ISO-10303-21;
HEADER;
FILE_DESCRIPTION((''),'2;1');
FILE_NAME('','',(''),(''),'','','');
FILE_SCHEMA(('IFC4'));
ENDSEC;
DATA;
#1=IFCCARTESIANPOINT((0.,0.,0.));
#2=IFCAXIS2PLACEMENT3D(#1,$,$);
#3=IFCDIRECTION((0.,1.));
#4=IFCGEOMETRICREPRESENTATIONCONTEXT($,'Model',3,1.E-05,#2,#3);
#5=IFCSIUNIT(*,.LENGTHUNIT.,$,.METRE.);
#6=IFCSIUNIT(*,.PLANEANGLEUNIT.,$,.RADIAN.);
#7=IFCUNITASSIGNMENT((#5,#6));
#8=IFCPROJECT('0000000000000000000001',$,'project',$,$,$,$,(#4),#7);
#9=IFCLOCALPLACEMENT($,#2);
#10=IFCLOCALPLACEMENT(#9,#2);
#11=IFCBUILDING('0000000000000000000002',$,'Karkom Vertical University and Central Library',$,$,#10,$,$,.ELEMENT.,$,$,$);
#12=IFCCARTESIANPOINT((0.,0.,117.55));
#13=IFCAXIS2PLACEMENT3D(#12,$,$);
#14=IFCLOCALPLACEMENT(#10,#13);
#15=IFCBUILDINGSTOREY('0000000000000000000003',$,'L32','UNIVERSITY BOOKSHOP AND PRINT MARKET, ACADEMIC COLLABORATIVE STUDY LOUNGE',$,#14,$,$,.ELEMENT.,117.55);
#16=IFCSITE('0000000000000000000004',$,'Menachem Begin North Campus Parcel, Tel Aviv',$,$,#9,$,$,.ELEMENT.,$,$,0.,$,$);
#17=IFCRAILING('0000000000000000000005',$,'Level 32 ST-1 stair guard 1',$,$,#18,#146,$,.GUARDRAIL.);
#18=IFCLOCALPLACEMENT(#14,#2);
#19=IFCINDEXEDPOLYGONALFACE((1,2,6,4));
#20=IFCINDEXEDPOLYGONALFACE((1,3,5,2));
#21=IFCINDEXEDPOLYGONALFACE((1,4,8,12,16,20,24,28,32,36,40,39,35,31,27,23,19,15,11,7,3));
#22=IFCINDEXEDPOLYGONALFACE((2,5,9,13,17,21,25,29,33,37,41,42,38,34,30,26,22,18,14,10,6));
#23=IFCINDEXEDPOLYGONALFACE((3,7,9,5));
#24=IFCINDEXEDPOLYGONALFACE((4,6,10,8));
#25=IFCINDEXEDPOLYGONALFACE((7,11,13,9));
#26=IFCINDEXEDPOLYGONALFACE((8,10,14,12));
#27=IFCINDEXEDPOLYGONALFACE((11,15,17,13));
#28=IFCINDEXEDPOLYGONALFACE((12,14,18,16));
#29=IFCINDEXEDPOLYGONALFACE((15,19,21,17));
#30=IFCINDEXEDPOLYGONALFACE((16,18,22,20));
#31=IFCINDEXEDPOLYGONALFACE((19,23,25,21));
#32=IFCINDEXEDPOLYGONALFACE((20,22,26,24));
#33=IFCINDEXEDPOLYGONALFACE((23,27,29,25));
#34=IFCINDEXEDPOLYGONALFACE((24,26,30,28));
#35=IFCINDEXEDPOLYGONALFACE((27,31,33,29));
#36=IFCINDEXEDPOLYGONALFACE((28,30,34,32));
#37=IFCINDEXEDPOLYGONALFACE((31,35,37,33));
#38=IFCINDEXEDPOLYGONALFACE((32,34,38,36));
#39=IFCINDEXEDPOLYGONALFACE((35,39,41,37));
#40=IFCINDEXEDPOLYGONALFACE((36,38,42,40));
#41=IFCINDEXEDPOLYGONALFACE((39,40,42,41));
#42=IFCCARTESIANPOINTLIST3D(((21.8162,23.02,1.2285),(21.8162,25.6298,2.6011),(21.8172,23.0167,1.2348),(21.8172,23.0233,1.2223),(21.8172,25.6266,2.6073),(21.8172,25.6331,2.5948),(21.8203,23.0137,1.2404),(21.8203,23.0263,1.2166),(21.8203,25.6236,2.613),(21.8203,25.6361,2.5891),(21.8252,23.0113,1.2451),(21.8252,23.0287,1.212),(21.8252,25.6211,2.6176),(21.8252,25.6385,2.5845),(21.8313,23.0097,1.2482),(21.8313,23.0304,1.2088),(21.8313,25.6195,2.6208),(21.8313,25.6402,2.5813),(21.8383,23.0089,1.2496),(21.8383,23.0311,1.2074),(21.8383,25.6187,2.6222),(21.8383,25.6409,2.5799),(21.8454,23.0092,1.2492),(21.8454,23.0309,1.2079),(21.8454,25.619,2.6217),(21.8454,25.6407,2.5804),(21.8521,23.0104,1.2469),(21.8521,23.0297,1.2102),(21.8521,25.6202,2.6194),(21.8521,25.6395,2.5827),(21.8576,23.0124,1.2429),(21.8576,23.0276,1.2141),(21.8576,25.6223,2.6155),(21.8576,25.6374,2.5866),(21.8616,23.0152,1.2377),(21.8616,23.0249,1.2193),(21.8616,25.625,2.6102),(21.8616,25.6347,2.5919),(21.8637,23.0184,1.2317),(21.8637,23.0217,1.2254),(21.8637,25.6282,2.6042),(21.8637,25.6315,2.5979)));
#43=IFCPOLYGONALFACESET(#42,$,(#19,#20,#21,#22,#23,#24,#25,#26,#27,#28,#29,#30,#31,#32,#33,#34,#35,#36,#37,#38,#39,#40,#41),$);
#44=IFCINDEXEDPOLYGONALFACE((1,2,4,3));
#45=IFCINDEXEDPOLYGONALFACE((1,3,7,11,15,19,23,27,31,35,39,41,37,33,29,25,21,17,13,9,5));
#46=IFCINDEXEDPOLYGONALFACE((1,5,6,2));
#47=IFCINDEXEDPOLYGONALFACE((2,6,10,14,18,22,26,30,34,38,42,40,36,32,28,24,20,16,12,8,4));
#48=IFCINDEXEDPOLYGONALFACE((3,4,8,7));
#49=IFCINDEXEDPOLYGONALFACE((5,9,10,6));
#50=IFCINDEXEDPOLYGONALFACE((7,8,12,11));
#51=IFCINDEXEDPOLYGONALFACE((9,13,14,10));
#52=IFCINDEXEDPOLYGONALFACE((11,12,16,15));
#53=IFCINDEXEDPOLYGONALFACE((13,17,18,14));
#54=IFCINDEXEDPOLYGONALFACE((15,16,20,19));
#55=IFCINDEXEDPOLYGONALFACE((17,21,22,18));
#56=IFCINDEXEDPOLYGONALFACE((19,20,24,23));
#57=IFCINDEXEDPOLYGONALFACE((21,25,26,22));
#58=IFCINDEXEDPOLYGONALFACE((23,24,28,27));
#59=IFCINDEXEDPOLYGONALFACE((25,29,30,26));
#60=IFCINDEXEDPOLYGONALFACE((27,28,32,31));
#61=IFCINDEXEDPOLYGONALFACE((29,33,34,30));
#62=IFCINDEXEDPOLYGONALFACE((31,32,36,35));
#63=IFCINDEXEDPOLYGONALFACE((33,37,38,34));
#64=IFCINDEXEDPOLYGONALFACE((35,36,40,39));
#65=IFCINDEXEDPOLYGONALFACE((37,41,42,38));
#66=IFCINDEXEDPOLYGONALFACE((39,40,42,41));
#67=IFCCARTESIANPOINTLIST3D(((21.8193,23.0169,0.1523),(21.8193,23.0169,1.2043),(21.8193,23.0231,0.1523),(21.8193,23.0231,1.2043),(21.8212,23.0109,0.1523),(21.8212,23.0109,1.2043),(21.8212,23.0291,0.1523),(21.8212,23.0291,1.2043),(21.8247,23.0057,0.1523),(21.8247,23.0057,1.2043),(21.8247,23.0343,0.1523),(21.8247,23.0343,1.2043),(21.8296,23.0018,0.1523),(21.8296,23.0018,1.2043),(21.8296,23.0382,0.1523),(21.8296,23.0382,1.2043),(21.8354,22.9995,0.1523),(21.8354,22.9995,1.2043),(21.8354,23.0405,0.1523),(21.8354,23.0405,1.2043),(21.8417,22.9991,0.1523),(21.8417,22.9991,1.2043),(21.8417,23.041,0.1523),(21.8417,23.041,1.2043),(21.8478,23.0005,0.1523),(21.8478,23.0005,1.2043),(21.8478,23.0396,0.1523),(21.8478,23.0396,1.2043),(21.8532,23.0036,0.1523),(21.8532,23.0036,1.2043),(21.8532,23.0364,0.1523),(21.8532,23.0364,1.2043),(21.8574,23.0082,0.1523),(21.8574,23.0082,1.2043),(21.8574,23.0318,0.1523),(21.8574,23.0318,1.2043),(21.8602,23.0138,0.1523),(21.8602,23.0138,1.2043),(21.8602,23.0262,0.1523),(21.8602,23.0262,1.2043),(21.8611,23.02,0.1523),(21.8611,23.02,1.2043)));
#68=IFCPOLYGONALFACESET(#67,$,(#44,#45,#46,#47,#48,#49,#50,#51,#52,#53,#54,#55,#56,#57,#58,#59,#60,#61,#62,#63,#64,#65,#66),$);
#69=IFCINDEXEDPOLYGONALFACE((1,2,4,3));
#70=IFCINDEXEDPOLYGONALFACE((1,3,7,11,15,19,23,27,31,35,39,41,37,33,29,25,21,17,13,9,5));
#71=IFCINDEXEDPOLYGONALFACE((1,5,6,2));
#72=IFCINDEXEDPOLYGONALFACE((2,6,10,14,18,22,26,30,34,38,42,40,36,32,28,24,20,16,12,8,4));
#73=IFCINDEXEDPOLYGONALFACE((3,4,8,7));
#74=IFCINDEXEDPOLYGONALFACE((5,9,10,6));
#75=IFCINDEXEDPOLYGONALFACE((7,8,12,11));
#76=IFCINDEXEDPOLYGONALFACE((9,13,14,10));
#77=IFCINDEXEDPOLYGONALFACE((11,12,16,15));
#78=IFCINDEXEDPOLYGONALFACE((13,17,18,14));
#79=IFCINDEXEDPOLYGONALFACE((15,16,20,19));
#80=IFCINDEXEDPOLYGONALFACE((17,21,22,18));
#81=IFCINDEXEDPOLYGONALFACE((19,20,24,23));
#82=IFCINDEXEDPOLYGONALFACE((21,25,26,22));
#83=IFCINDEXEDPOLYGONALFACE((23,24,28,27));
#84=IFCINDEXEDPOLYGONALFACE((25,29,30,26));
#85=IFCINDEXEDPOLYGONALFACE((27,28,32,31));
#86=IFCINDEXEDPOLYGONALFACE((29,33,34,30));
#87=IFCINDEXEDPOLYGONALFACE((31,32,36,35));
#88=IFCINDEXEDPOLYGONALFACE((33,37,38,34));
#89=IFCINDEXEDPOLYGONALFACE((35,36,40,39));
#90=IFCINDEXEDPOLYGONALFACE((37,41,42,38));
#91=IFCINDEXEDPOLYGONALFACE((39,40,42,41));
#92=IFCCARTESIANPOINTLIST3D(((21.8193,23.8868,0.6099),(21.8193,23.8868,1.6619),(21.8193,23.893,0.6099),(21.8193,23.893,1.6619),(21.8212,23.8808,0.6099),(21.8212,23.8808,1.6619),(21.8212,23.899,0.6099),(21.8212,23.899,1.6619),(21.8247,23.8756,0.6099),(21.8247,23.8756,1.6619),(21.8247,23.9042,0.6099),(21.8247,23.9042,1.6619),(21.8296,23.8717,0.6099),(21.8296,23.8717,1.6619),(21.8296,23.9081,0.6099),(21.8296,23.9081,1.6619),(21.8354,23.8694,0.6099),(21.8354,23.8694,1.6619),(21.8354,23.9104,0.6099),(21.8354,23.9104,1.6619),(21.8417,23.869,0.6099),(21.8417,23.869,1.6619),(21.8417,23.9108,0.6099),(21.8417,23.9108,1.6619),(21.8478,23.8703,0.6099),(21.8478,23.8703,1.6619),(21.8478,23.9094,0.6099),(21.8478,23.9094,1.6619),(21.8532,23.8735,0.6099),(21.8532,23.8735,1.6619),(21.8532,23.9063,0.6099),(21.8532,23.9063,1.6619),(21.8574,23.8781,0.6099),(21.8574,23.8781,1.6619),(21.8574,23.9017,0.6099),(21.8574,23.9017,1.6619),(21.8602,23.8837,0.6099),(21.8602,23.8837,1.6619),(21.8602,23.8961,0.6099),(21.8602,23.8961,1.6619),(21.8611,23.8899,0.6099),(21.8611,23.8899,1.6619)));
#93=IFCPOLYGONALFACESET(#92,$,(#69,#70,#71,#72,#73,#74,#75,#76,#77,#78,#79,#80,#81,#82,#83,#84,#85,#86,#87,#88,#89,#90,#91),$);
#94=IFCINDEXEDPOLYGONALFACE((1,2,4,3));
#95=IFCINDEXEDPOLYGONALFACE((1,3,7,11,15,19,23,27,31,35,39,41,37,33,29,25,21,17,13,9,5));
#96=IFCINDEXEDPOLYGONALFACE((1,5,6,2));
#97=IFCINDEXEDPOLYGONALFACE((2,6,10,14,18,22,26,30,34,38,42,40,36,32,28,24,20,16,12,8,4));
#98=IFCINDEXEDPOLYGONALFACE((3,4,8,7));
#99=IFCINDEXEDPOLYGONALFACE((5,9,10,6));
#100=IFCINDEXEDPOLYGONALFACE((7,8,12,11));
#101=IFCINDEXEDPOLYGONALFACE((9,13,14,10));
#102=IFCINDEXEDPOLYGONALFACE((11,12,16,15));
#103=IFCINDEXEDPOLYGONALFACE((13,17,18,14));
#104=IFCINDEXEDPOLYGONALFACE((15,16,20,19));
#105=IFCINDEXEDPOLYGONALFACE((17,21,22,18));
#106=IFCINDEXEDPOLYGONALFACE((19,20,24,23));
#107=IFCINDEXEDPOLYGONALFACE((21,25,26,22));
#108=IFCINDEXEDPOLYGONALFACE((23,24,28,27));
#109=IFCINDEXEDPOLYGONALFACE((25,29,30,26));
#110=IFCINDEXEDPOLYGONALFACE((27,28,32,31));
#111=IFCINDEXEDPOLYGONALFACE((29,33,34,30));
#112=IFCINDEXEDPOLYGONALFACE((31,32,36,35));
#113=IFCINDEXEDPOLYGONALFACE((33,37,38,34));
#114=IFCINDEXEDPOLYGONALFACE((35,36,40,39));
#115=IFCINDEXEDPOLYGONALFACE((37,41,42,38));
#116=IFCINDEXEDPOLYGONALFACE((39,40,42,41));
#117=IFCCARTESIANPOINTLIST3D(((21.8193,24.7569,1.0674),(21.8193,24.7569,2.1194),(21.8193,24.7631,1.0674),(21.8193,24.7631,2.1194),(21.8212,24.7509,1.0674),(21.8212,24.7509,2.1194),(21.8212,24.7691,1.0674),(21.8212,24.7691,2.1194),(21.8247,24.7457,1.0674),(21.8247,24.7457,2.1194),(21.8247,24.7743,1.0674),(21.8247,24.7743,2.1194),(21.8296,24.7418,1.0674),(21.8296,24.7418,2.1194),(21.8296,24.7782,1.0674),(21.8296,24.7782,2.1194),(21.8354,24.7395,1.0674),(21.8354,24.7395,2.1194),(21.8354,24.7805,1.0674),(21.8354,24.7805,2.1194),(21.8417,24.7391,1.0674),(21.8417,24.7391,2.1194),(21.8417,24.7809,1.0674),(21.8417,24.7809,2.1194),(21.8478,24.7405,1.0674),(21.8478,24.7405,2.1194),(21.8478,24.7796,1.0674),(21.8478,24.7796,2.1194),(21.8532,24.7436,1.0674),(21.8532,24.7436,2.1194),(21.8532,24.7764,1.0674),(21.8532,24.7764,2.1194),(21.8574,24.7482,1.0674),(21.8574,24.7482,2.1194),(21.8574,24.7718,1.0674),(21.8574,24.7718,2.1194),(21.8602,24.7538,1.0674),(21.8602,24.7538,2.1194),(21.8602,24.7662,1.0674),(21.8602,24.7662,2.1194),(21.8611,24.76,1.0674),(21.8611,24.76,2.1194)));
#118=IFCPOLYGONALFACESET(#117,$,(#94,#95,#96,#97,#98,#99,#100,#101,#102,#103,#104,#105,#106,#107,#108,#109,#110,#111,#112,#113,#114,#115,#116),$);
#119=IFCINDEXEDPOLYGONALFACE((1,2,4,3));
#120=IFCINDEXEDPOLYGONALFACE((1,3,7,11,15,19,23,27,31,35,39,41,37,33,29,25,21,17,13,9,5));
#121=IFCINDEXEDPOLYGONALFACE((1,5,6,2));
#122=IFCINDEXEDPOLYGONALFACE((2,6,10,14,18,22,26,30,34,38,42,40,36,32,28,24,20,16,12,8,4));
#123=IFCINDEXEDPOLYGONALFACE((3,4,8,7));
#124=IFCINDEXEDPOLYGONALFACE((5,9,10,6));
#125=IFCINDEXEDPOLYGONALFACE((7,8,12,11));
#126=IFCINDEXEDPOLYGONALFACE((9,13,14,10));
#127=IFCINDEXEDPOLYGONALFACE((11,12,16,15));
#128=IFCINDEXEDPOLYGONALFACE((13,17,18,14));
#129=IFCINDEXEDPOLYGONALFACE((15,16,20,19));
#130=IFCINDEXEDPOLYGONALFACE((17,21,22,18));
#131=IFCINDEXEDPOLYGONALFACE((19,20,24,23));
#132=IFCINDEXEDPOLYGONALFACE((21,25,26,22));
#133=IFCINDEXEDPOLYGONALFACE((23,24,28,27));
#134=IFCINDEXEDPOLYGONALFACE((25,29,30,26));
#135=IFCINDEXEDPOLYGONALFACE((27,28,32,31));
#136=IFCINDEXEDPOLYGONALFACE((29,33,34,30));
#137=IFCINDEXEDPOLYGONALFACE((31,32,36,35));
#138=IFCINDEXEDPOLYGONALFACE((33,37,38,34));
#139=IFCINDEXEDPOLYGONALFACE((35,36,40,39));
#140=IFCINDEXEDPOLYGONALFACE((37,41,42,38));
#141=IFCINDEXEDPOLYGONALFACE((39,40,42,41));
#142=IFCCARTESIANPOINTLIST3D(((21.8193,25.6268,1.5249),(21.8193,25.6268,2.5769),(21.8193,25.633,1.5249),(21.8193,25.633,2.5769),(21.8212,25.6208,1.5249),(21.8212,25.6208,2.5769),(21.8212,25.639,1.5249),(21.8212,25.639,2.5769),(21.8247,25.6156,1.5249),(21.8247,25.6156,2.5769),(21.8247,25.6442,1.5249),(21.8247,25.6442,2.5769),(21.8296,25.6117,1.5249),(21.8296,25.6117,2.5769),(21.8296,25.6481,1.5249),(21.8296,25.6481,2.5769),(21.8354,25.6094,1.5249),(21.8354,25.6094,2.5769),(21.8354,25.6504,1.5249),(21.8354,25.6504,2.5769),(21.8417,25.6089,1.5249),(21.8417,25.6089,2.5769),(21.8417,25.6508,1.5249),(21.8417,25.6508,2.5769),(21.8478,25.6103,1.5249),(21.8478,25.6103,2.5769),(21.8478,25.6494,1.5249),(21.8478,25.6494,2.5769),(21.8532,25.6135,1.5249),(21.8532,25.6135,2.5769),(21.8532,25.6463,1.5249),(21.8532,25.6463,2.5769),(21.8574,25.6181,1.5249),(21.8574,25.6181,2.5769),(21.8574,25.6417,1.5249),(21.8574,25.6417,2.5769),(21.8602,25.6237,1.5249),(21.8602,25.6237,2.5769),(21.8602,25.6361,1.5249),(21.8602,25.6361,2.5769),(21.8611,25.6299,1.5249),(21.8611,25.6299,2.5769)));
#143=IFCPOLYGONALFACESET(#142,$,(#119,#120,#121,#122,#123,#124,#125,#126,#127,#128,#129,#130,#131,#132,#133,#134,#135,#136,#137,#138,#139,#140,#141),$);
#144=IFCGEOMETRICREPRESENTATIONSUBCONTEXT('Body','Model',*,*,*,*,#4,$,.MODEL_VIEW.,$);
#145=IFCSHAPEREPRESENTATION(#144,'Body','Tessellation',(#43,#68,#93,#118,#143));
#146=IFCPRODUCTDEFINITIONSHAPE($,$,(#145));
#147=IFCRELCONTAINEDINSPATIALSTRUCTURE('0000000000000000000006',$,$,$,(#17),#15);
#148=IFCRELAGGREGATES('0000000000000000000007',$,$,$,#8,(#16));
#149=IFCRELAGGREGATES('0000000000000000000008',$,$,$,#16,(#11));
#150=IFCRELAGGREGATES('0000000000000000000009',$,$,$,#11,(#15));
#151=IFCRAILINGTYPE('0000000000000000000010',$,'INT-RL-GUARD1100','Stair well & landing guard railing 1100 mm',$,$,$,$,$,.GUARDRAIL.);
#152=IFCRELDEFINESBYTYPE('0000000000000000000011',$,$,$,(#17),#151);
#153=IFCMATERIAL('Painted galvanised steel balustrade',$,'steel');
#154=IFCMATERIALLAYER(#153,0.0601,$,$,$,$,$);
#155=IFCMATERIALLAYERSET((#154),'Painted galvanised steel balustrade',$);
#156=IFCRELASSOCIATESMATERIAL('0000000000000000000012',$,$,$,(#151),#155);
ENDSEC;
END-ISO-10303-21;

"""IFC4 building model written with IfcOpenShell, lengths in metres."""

from ifc_helpers import new_model, si_unit, direction, frame, origin, origin_2d, place, context, subcontext, project, spatial, circle, extrude, material, layer, layer_set, type_object, element, save


model = new_model("IFC4")

# Units and contexts
model_context = context("Model", 3, precision=1e-05, world=origin(), true_north=direction((0.0, 1.0)))
body_context = subcontext(model_context, "Body", "Model", "MODEL_VIEW")
ifc_project = project(units=[si_unit("LENGTHUNIT", "METRE"), si_unit("PLANEANGLEUNIT", "RADIAN")], contexts=[model_context])

# Site, building, storey
site_placement = place(None, origin())
site = spatial("IfcSite", under=ifc_project, at=site_placement, Name="Menachem Begin North Campus Parcel, Tel Aviv", CompositionType="ELEMENT", RefElevation=0.0)
building_placement = place(site_placement, origin())
building = spatial("IfcBuilding", under=site, at=building_placement, Name="Karkom Vertical University and Central Library", CompositionType="ELEMENT")
storey_placement = place(building_placement, frame((0.0, 0.0, 117.55)))
storey = spatial("IfcBuildingStorey", under=building, at=storey_placement, Name="L32", Description="UNIVERSITY BOOKSHOP AND PRINT MARKET, ACADEMIC COLLABORATIVE STUDY LOUNGE", CompositionType="ELEMENT", Elevation=117.55)

# Railing
ifc_material_1 = material(Name="Painted galvanised steel balustrade", Category="steel")
ifc_layer_1 = layer(ifc_material_1, 0.0601)
ifc_layer_set_1 = layer_set([ifc_layer_1], Name="Painted galvanised steel balustrade")
railing_type = type_object("IfcRailingType", Name="INT-RL-GUARD1100", Description="Stair well & landing guard railing 1100 mm", PredefinedType="GUARDRAIL", material=ifc_layer_set_1)
railing_1_placement = place(storey_placement, frame((21.8401, 23.02, 0.1523)))
element("IfcRailing", 1, at=railing_1_placement, inside=storey, type_object=railing_type, Name="Level 32 ST-1 stair guard 1", PredefinedType="GUARDRAIL", context=body_context, shape_type="SweptSolid", body=[
    extrude(circle(Radius=0.0239, at=origin_2d()), frame((0.0, 0.0, 1.0762), z_axis=(0.0, 0.885065, 0.465467), x_axis=(-1.0, 0.0, 0.0)), (0.0, 0.0, 1.0), 2.9487),
    extrude(circle(Radius=0.021, at=origin_2d()), origin(), (0.0, 0.0, 1.0), 1.052),
    extrude(circle(Radius=0.021, at=origin_2d()), frame((0.0, 0.8699, 0.4575)), (0.0, 0.0, 1.0), 1.052),
    extrude(circle(Radius=0.021, at=origin_2d()), frame((0.0, 1.74, 0.915)), (0.0, 0.0, 1.0), 1.052),
    extrude(circle(Radius=0.021, at=origin_2d()), frame((0.0, 2.6099, 1.3726)), (0.0, 0.0, 1.0), 1.052),
])

save(model, "model.ifc")
